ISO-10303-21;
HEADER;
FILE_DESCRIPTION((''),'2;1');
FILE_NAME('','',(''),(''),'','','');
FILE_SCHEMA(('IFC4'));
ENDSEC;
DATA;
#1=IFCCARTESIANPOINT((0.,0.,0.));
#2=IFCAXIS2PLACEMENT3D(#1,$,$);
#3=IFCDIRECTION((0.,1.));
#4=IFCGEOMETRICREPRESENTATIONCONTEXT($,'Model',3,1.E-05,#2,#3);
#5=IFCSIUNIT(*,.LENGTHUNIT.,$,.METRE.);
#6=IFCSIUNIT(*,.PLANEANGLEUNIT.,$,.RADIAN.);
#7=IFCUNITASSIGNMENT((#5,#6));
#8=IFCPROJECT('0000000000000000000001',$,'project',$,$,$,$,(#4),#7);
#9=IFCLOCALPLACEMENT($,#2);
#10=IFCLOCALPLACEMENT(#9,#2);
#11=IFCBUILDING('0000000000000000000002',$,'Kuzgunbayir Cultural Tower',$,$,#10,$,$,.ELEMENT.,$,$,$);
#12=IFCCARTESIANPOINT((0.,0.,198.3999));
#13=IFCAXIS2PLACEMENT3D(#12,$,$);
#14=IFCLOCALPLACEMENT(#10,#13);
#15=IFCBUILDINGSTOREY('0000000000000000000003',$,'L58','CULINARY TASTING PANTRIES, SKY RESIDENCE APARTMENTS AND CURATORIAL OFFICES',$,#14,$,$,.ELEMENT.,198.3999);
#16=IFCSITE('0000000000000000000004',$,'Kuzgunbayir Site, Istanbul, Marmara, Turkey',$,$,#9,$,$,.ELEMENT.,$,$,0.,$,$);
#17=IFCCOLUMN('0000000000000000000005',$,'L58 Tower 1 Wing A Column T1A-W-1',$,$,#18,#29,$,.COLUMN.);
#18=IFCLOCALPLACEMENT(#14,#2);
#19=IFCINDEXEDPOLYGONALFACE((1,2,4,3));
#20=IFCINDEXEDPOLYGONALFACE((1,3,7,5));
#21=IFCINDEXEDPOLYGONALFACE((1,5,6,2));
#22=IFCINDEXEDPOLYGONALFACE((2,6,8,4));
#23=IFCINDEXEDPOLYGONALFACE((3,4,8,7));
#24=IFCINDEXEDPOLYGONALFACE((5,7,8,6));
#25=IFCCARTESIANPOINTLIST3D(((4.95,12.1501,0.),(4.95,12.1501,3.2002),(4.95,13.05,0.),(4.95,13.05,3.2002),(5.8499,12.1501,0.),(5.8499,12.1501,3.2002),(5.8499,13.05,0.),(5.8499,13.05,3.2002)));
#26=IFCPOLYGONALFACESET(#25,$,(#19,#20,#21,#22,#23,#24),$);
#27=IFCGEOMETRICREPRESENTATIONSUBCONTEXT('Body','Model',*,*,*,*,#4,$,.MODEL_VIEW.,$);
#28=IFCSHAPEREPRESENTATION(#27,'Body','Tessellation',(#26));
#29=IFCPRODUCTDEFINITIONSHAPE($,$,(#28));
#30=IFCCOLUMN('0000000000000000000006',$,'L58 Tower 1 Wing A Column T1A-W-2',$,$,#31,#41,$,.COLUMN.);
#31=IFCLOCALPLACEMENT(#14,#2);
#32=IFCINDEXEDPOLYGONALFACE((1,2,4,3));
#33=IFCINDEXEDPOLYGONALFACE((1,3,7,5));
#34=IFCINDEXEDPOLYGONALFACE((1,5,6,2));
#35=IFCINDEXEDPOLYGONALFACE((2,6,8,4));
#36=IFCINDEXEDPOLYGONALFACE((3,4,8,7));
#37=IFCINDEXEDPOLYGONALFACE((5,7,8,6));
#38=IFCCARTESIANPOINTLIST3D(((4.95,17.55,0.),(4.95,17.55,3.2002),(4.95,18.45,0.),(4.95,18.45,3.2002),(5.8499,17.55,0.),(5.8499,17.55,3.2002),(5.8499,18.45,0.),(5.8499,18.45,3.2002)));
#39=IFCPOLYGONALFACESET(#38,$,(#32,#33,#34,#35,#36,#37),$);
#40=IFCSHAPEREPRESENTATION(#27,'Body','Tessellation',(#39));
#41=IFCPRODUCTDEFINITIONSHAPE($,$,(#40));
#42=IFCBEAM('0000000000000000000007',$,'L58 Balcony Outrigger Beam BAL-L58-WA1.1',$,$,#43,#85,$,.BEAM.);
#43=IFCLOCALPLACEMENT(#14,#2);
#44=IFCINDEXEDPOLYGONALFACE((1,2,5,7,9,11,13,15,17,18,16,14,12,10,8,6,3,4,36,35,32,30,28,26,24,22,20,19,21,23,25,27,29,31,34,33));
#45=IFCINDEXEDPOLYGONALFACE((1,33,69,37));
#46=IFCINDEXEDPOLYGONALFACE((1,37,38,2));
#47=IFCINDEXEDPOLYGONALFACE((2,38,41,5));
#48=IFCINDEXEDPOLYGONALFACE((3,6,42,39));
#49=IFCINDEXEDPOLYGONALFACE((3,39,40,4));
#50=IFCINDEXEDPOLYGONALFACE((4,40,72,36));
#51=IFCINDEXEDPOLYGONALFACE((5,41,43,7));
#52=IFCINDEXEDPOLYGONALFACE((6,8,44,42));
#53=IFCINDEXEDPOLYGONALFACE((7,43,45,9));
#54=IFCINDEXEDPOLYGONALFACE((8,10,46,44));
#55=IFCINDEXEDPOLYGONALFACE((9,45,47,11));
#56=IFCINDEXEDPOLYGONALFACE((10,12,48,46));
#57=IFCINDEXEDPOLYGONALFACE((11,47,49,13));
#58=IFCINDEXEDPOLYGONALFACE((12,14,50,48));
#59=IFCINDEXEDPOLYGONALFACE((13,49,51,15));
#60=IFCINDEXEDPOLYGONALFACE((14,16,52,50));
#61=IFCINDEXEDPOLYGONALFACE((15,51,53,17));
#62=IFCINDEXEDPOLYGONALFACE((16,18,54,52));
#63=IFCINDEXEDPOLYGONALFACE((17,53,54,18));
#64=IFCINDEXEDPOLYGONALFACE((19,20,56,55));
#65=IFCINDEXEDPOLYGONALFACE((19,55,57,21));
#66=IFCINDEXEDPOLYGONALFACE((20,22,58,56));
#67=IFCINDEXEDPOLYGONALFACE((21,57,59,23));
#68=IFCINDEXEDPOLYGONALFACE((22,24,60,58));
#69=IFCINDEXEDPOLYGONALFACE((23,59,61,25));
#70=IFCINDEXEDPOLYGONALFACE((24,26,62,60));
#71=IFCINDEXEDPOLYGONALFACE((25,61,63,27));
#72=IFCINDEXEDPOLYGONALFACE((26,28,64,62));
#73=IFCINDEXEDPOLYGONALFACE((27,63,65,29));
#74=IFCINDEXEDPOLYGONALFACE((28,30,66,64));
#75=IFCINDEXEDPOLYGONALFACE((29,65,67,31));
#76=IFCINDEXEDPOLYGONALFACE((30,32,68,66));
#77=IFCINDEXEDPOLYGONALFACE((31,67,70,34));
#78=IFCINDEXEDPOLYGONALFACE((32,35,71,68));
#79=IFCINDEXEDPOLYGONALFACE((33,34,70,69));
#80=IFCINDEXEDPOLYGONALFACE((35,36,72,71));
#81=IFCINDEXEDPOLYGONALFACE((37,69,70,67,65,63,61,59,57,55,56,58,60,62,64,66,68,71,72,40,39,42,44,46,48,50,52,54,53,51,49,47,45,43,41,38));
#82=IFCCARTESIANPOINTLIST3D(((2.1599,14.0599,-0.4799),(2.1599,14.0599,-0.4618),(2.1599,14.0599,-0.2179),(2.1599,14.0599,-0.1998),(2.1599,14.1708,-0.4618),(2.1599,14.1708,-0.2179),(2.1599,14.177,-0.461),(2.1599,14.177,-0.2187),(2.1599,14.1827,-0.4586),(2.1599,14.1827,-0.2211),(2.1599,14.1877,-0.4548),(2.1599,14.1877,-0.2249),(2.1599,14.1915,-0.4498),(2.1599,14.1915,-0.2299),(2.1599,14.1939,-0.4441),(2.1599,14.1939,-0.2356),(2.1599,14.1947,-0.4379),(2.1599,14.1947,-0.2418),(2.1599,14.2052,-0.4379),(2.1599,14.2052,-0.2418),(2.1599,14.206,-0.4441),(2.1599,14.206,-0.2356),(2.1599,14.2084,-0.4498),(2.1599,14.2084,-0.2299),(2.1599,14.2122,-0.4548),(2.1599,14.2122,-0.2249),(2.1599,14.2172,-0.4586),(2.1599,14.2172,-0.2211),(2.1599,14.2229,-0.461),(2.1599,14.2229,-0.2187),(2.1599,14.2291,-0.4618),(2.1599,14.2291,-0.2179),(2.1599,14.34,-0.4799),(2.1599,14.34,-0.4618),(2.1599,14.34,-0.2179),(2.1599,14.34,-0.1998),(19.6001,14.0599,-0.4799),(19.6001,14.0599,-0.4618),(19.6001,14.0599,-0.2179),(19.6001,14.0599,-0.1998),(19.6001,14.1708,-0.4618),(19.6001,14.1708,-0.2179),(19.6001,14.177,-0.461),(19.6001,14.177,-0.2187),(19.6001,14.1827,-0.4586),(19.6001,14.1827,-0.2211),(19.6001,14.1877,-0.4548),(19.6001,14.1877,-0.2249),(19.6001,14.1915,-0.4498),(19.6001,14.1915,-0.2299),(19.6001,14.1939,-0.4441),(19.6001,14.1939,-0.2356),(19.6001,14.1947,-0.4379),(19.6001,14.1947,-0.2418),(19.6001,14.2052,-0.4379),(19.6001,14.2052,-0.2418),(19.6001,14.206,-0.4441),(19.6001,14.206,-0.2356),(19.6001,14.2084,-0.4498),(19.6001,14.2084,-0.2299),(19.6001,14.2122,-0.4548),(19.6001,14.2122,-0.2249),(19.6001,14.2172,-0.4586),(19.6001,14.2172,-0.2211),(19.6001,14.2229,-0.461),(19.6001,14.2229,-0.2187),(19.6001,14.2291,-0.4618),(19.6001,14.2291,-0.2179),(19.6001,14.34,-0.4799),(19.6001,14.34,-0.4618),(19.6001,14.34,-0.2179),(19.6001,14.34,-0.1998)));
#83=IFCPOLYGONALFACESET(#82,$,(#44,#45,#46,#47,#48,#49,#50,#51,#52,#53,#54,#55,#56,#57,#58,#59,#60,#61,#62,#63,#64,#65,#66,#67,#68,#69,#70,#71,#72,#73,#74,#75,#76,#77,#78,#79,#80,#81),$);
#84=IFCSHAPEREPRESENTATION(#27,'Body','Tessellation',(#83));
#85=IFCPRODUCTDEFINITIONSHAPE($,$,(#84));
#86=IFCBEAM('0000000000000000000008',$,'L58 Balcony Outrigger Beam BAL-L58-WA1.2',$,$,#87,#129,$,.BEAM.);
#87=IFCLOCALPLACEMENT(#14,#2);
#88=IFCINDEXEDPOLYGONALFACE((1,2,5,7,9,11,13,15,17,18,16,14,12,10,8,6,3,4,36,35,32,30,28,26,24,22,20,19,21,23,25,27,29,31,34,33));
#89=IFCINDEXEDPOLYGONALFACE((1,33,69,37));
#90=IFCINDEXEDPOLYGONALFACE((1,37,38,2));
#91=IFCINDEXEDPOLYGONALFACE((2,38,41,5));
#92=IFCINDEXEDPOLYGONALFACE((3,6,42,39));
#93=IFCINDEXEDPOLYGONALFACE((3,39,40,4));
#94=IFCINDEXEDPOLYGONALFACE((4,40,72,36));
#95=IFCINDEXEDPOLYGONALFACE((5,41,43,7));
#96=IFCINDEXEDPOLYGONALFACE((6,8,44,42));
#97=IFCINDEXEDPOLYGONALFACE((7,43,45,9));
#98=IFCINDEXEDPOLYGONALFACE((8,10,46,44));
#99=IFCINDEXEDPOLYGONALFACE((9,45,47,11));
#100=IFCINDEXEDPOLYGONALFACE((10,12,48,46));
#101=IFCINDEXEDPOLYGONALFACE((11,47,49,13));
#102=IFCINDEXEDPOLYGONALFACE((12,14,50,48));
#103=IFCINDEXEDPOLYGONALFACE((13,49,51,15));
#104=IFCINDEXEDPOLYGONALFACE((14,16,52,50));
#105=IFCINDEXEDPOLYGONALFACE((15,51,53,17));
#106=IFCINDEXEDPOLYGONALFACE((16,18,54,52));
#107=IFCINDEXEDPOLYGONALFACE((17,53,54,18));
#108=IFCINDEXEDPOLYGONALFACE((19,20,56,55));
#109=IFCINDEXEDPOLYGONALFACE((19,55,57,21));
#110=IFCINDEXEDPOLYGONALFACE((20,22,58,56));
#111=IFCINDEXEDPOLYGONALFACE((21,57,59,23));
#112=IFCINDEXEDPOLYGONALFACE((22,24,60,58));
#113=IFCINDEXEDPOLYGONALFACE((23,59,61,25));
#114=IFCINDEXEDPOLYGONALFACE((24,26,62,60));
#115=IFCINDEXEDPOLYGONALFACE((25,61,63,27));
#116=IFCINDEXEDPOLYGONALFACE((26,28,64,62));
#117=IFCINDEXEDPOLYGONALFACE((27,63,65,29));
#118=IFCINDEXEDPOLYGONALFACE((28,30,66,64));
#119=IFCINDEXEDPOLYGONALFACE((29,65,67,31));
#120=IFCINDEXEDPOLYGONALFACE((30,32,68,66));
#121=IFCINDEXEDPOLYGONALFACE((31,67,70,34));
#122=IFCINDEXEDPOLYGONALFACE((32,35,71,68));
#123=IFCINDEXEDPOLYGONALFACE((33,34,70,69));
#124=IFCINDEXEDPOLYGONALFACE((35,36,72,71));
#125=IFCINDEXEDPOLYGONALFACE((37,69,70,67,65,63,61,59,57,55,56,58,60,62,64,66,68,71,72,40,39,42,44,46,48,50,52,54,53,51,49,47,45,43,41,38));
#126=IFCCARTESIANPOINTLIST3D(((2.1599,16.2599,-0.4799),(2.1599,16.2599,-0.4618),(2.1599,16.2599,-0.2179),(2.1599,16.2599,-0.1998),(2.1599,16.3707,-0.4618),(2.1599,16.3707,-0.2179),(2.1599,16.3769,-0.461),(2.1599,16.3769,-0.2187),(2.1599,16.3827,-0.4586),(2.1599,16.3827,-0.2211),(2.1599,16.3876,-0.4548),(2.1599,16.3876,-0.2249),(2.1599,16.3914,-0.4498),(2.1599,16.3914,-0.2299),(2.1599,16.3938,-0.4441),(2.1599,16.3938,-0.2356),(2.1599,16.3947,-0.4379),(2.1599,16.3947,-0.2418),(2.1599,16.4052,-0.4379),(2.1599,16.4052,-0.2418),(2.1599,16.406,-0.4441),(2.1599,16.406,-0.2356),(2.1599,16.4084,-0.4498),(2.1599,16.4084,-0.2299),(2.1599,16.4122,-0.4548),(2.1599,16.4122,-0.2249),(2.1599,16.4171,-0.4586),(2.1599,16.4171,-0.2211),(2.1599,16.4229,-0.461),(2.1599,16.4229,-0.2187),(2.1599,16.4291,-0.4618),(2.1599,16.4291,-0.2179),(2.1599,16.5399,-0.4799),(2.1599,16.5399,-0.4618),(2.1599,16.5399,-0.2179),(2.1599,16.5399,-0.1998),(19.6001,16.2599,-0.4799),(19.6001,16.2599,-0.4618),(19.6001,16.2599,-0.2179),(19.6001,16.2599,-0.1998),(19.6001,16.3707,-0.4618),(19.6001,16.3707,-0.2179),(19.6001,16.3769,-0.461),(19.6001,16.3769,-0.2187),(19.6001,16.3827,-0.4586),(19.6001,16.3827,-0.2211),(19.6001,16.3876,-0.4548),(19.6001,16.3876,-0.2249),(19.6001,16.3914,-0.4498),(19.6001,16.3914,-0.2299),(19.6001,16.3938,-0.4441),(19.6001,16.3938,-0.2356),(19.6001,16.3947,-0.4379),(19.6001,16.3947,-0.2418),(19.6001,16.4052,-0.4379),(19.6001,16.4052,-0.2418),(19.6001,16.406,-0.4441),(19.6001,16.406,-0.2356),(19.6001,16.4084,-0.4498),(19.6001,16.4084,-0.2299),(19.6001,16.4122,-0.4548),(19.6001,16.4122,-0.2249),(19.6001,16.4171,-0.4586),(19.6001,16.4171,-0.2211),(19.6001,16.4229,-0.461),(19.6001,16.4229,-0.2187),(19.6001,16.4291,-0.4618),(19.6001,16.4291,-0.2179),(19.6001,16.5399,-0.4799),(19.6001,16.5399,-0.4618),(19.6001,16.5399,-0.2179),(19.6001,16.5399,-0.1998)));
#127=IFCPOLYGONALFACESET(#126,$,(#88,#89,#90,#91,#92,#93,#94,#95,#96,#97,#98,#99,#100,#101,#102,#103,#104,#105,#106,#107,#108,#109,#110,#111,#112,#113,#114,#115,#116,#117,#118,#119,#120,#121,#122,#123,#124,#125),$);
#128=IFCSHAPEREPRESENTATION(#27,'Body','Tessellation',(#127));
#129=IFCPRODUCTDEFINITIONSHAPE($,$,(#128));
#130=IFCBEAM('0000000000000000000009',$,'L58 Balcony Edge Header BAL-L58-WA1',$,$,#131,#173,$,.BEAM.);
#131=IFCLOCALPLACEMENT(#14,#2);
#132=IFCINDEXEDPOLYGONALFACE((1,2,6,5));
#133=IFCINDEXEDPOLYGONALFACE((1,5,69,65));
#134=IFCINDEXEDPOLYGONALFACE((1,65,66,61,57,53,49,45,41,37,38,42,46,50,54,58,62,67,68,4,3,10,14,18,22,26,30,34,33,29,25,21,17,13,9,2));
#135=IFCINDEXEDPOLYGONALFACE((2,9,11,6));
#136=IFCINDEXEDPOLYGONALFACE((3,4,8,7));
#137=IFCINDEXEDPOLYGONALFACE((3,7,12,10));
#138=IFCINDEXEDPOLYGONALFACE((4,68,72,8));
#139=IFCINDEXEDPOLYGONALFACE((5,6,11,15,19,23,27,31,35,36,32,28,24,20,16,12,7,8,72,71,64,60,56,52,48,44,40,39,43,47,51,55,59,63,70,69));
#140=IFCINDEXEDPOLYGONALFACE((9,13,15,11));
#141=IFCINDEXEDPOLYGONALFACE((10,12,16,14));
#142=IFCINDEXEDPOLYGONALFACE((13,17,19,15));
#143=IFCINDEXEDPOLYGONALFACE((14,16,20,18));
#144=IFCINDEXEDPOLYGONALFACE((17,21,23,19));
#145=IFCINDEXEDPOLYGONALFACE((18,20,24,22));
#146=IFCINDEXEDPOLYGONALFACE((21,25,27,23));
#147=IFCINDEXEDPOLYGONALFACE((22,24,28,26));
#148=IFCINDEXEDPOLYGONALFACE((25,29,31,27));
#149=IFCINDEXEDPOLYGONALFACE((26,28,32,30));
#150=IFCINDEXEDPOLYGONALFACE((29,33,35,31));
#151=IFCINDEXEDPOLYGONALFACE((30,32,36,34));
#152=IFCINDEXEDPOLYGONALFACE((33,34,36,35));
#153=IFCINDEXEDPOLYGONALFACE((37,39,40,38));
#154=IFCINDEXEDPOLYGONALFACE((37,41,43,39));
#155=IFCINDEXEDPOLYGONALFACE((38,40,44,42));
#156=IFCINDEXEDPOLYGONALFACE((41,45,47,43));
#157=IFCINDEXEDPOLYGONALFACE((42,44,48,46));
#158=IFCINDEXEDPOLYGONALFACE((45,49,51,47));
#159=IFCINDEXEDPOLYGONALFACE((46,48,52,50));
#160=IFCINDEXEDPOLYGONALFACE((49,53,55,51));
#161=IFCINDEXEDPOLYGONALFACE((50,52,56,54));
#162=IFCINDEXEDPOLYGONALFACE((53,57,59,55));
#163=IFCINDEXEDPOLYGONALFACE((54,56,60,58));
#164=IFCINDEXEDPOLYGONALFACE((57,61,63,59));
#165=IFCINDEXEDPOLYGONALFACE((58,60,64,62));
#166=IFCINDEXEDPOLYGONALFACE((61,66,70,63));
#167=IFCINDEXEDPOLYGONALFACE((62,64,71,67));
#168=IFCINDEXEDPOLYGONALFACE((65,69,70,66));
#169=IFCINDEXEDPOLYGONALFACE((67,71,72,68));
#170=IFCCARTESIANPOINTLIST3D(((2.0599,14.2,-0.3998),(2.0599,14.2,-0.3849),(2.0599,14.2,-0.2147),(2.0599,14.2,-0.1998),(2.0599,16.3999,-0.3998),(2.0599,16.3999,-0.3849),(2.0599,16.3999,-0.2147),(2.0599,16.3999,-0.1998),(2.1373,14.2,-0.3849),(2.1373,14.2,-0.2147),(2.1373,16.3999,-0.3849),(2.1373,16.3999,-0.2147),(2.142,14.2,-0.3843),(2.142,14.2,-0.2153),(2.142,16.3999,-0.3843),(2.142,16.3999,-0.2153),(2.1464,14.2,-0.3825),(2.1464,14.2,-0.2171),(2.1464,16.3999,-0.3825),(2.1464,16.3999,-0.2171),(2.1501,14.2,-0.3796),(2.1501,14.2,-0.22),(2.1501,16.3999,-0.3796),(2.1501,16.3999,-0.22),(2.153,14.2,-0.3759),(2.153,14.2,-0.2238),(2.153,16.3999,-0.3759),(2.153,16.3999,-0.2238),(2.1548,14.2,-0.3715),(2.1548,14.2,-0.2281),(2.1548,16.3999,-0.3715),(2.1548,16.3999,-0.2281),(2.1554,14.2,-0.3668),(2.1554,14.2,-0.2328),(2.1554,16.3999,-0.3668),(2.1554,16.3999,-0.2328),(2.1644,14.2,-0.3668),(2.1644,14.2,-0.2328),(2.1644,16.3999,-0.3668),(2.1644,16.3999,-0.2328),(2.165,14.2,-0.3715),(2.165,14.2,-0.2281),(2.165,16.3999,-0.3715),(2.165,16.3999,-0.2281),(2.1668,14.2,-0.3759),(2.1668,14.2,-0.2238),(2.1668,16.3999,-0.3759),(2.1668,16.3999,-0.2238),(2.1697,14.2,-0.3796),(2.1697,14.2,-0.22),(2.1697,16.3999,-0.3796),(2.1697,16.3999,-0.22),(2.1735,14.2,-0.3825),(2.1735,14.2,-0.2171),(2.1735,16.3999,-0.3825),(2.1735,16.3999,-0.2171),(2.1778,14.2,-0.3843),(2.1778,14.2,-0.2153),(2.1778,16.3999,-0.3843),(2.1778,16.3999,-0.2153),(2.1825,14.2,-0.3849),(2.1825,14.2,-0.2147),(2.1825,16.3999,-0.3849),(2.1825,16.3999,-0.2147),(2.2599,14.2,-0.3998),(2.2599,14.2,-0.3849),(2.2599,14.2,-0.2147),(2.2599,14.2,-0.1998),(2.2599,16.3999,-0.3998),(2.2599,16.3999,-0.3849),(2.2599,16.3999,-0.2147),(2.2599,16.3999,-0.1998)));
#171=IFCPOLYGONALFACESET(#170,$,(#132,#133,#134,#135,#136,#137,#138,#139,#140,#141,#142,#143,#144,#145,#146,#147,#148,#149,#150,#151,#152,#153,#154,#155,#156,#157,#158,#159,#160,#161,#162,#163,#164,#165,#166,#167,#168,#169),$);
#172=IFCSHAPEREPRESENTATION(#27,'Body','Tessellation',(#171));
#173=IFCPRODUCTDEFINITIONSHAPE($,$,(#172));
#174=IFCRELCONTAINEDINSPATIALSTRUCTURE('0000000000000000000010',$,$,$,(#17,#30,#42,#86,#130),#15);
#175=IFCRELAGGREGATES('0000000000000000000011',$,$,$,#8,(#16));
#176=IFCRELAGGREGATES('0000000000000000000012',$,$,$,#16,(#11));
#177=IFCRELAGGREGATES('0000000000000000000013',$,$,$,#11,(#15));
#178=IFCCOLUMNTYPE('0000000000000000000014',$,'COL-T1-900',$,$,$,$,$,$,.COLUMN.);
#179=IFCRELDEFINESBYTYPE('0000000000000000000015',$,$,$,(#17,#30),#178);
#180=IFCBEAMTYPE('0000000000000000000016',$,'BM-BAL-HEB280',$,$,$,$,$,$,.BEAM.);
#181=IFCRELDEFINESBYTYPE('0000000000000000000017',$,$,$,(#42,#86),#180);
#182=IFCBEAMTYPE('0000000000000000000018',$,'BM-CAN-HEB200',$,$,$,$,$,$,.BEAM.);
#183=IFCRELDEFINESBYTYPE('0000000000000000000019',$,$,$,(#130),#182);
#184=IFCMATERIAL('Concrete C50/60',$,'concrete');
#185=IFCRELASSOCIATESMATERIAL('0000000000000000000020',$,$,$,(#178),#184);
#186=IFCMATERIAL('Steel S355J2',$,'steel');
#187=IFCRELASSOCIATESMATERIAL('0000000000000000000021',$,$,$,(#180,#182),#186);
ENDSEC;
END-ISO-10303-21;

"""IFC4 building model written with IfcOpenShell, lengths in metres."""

from ifc_helpers import new_model, si_unit, direction, frame, origin, origin_2d, place, context, subcontext, project, spatial, rectangle, i_section, extrude, material, material_profile, profile_set, type_object, element, save


model = new_model("IFC4")

# Units and contexts
model_context = context("Model", 3, precision=1e-05, world=origin(), true_north=direction((0.0, 1.0)))
body_context = subcontext(model_context, "Body", "Model", "MODEL_VIEW")
ifc_project = project(units=[si_unit("LENGTHUNIT", "METRE"), si_unit("PLANEANGLEUNIT", "RADIAN")], contexts=[model_context])

# Site, building, storey
site_placement = place(None, origin())
site = spatial("IfcSite", under=ifc_project, at=site_placement, Name="Kuzgunbayir Site, Istanbul, Marmara, Turkey", CompositionType="ELEMENT", RefElevation=0.0)
building_placement = place(site_placement, origin())
building = spatial("IfcBuilding", under=site, at=building_placement, Name="Kuzgunbayir Cultural Tower", CompositionType="ELEMENT")
storey_placement = place(building_placement, frame((0.0, 0.0, 198.3999)))
storey = spatial("IfcBuildingStorey", under=building, at=storey_placement, Name="L58", Description="CULINARY TASTING PANTRIES, SKY RESIDENCE APARTMENTS AND CURATORIAL OFFICES", CompositionType="ELEMENT", Elevation=198.3999)

# Columns
ifc_material_1 = material(Name="Concrete C50/60", Category="concrete")
ifc_material_profile_1 = material_profile(ifc_material_1, rectangle(XDim=0.8999, YDim=0.8999, at=origin_2d()), Name="RC 900x900")
ifc_profile_set_1 = profile_set([ifc_material_profile_1], Name="Concrete C50/60")
column_type = type_object("IfcColumnType", Name="COL-T1-900", PredefinedType="COLUMN", material=ifc_profile_set_1)
for number, where, z_axis, x_axis, name in (
    (1, (5.3999, 12.6001, 0.0), (0.0, 0.0, 1.0), (1.0, 0.0, 0.0), "L58 Tower 1 Wing A Column T1A-W-1"),
    (2, (5.3999, 18.0, 0.0), (0.0, 0.0, 1.0), (1.0, 0.0, 0.0), "L58 Tower 1 Wing A Column T1A-W-2"),
):
    element("IfcColumn", number, at=place(storey_placement, frame(where, z_axis=z_axis, x_axis=x_axis)), inside=storey, type_object=column_type, Name=name, PredefinedType="COLUMN", context=body_context, shape_type="SweptSolid", body=[
        extrude(rectangle(XDim=0.8999, YDim=0.8999, at=origin_2d()), origin(), (0.0, 0.0, 1.0), 3.2002),
    ])

# Beams
ifc_material_2 = material(Name="Steel S355J2", Category="steel")
ifc_material_profile_2 = material_profile(ifc_material_2, i_section(OverallWidth=0.28, OverallDepth=0.28, WebThickness=0.0105, FlangeThickness=0.0181, FilletRadius=0.0239, at=origin_2d()), Name="HEB 280")
ifc_profile_set_2 = profile_set([ifc_material_profile_2], Name="Steel S355J2")
beam_type_1 = type_object("IfcBeamType", Name="BM-BAL-HEB280", PredefinedType="BEAM", material=ifc_profile_set_2)
for number, where, z_axis, x_axis, name in (
    (3, (2.1599, 14.2, -0.3398), (1.0, 0.0, 0.0), (0.0, 1.0, 0.0), "L58 Balcony Outrigger Beam BAL-L58-WA1.1"),
    (4, (2.1599, 16.3999, -0.3398), (1.0, 0.0, 0.0), (0.0, 1.0, 0.0), "L58 Balcony Outrigger Beam BAL-L58-WA1.2"),
):
    element("IfcBeam", number, at=place(storey_placement, frame(where, z_axis=z_axis, x_axis=x_axis)), inside=storey, type_object=beam_type_1, Name=name, PredefinedType="BEAM", context=body_context, shape_type="SweptSolid", body=[
        extrude(i_section(OverallWidth=0.28, OverallDepth=0.28, WebThickness=0.0105, FlangeThickness=0.0181, FilletRadius=0.0239, at=origin_2d()), origin(), (0.0, 0.0, 1.0), 17.4402),
    ])
ifc_material_profile_3 = material_profile(ifc_material_2, i_section(OverallWidth=0.2, OverallDepth=0.2, WebThickness=0.009, FlangeThickness=0.0149, FilletRadius=0.0181, at=origin_2d()), Name="HEB 200")
ifc_profile_set_3 = profile_set([ifc_material_profile_3], Name="Steel S355J2")
beam_type_2 = type_object("IfcBeamType", Name="BM-CAN-HEB200", PredefinedType="BEAM", material=ifc_profile_set_3)
beam_1_placement = place(storey_placement, frame((2.1599, 14.2, -0.2998), z_axis=(0.0, 1.0, 0.0), x_axis=(-1.0, 0.0, 0.0)))
element("IfcBeam", 5, at=beam_1_placement, inside=storey, type_object=beam_type_2, Name="L58 Balcony Edge Header BAL-L58-WA1", PredefinedType="BEAM", context=body_context, shape_type="SweptSolid", body=[
    extrude(i_section(OverallWidth=0.2, OverallDepth=0.2, WebThickness=0.009, FlangeThickness=0.0149, FilletRadius=0.0181, at=origin_2d()), origin(), (0.0, 0.0, 1.0), 2.2),
])

save(model, "model.ifc")
